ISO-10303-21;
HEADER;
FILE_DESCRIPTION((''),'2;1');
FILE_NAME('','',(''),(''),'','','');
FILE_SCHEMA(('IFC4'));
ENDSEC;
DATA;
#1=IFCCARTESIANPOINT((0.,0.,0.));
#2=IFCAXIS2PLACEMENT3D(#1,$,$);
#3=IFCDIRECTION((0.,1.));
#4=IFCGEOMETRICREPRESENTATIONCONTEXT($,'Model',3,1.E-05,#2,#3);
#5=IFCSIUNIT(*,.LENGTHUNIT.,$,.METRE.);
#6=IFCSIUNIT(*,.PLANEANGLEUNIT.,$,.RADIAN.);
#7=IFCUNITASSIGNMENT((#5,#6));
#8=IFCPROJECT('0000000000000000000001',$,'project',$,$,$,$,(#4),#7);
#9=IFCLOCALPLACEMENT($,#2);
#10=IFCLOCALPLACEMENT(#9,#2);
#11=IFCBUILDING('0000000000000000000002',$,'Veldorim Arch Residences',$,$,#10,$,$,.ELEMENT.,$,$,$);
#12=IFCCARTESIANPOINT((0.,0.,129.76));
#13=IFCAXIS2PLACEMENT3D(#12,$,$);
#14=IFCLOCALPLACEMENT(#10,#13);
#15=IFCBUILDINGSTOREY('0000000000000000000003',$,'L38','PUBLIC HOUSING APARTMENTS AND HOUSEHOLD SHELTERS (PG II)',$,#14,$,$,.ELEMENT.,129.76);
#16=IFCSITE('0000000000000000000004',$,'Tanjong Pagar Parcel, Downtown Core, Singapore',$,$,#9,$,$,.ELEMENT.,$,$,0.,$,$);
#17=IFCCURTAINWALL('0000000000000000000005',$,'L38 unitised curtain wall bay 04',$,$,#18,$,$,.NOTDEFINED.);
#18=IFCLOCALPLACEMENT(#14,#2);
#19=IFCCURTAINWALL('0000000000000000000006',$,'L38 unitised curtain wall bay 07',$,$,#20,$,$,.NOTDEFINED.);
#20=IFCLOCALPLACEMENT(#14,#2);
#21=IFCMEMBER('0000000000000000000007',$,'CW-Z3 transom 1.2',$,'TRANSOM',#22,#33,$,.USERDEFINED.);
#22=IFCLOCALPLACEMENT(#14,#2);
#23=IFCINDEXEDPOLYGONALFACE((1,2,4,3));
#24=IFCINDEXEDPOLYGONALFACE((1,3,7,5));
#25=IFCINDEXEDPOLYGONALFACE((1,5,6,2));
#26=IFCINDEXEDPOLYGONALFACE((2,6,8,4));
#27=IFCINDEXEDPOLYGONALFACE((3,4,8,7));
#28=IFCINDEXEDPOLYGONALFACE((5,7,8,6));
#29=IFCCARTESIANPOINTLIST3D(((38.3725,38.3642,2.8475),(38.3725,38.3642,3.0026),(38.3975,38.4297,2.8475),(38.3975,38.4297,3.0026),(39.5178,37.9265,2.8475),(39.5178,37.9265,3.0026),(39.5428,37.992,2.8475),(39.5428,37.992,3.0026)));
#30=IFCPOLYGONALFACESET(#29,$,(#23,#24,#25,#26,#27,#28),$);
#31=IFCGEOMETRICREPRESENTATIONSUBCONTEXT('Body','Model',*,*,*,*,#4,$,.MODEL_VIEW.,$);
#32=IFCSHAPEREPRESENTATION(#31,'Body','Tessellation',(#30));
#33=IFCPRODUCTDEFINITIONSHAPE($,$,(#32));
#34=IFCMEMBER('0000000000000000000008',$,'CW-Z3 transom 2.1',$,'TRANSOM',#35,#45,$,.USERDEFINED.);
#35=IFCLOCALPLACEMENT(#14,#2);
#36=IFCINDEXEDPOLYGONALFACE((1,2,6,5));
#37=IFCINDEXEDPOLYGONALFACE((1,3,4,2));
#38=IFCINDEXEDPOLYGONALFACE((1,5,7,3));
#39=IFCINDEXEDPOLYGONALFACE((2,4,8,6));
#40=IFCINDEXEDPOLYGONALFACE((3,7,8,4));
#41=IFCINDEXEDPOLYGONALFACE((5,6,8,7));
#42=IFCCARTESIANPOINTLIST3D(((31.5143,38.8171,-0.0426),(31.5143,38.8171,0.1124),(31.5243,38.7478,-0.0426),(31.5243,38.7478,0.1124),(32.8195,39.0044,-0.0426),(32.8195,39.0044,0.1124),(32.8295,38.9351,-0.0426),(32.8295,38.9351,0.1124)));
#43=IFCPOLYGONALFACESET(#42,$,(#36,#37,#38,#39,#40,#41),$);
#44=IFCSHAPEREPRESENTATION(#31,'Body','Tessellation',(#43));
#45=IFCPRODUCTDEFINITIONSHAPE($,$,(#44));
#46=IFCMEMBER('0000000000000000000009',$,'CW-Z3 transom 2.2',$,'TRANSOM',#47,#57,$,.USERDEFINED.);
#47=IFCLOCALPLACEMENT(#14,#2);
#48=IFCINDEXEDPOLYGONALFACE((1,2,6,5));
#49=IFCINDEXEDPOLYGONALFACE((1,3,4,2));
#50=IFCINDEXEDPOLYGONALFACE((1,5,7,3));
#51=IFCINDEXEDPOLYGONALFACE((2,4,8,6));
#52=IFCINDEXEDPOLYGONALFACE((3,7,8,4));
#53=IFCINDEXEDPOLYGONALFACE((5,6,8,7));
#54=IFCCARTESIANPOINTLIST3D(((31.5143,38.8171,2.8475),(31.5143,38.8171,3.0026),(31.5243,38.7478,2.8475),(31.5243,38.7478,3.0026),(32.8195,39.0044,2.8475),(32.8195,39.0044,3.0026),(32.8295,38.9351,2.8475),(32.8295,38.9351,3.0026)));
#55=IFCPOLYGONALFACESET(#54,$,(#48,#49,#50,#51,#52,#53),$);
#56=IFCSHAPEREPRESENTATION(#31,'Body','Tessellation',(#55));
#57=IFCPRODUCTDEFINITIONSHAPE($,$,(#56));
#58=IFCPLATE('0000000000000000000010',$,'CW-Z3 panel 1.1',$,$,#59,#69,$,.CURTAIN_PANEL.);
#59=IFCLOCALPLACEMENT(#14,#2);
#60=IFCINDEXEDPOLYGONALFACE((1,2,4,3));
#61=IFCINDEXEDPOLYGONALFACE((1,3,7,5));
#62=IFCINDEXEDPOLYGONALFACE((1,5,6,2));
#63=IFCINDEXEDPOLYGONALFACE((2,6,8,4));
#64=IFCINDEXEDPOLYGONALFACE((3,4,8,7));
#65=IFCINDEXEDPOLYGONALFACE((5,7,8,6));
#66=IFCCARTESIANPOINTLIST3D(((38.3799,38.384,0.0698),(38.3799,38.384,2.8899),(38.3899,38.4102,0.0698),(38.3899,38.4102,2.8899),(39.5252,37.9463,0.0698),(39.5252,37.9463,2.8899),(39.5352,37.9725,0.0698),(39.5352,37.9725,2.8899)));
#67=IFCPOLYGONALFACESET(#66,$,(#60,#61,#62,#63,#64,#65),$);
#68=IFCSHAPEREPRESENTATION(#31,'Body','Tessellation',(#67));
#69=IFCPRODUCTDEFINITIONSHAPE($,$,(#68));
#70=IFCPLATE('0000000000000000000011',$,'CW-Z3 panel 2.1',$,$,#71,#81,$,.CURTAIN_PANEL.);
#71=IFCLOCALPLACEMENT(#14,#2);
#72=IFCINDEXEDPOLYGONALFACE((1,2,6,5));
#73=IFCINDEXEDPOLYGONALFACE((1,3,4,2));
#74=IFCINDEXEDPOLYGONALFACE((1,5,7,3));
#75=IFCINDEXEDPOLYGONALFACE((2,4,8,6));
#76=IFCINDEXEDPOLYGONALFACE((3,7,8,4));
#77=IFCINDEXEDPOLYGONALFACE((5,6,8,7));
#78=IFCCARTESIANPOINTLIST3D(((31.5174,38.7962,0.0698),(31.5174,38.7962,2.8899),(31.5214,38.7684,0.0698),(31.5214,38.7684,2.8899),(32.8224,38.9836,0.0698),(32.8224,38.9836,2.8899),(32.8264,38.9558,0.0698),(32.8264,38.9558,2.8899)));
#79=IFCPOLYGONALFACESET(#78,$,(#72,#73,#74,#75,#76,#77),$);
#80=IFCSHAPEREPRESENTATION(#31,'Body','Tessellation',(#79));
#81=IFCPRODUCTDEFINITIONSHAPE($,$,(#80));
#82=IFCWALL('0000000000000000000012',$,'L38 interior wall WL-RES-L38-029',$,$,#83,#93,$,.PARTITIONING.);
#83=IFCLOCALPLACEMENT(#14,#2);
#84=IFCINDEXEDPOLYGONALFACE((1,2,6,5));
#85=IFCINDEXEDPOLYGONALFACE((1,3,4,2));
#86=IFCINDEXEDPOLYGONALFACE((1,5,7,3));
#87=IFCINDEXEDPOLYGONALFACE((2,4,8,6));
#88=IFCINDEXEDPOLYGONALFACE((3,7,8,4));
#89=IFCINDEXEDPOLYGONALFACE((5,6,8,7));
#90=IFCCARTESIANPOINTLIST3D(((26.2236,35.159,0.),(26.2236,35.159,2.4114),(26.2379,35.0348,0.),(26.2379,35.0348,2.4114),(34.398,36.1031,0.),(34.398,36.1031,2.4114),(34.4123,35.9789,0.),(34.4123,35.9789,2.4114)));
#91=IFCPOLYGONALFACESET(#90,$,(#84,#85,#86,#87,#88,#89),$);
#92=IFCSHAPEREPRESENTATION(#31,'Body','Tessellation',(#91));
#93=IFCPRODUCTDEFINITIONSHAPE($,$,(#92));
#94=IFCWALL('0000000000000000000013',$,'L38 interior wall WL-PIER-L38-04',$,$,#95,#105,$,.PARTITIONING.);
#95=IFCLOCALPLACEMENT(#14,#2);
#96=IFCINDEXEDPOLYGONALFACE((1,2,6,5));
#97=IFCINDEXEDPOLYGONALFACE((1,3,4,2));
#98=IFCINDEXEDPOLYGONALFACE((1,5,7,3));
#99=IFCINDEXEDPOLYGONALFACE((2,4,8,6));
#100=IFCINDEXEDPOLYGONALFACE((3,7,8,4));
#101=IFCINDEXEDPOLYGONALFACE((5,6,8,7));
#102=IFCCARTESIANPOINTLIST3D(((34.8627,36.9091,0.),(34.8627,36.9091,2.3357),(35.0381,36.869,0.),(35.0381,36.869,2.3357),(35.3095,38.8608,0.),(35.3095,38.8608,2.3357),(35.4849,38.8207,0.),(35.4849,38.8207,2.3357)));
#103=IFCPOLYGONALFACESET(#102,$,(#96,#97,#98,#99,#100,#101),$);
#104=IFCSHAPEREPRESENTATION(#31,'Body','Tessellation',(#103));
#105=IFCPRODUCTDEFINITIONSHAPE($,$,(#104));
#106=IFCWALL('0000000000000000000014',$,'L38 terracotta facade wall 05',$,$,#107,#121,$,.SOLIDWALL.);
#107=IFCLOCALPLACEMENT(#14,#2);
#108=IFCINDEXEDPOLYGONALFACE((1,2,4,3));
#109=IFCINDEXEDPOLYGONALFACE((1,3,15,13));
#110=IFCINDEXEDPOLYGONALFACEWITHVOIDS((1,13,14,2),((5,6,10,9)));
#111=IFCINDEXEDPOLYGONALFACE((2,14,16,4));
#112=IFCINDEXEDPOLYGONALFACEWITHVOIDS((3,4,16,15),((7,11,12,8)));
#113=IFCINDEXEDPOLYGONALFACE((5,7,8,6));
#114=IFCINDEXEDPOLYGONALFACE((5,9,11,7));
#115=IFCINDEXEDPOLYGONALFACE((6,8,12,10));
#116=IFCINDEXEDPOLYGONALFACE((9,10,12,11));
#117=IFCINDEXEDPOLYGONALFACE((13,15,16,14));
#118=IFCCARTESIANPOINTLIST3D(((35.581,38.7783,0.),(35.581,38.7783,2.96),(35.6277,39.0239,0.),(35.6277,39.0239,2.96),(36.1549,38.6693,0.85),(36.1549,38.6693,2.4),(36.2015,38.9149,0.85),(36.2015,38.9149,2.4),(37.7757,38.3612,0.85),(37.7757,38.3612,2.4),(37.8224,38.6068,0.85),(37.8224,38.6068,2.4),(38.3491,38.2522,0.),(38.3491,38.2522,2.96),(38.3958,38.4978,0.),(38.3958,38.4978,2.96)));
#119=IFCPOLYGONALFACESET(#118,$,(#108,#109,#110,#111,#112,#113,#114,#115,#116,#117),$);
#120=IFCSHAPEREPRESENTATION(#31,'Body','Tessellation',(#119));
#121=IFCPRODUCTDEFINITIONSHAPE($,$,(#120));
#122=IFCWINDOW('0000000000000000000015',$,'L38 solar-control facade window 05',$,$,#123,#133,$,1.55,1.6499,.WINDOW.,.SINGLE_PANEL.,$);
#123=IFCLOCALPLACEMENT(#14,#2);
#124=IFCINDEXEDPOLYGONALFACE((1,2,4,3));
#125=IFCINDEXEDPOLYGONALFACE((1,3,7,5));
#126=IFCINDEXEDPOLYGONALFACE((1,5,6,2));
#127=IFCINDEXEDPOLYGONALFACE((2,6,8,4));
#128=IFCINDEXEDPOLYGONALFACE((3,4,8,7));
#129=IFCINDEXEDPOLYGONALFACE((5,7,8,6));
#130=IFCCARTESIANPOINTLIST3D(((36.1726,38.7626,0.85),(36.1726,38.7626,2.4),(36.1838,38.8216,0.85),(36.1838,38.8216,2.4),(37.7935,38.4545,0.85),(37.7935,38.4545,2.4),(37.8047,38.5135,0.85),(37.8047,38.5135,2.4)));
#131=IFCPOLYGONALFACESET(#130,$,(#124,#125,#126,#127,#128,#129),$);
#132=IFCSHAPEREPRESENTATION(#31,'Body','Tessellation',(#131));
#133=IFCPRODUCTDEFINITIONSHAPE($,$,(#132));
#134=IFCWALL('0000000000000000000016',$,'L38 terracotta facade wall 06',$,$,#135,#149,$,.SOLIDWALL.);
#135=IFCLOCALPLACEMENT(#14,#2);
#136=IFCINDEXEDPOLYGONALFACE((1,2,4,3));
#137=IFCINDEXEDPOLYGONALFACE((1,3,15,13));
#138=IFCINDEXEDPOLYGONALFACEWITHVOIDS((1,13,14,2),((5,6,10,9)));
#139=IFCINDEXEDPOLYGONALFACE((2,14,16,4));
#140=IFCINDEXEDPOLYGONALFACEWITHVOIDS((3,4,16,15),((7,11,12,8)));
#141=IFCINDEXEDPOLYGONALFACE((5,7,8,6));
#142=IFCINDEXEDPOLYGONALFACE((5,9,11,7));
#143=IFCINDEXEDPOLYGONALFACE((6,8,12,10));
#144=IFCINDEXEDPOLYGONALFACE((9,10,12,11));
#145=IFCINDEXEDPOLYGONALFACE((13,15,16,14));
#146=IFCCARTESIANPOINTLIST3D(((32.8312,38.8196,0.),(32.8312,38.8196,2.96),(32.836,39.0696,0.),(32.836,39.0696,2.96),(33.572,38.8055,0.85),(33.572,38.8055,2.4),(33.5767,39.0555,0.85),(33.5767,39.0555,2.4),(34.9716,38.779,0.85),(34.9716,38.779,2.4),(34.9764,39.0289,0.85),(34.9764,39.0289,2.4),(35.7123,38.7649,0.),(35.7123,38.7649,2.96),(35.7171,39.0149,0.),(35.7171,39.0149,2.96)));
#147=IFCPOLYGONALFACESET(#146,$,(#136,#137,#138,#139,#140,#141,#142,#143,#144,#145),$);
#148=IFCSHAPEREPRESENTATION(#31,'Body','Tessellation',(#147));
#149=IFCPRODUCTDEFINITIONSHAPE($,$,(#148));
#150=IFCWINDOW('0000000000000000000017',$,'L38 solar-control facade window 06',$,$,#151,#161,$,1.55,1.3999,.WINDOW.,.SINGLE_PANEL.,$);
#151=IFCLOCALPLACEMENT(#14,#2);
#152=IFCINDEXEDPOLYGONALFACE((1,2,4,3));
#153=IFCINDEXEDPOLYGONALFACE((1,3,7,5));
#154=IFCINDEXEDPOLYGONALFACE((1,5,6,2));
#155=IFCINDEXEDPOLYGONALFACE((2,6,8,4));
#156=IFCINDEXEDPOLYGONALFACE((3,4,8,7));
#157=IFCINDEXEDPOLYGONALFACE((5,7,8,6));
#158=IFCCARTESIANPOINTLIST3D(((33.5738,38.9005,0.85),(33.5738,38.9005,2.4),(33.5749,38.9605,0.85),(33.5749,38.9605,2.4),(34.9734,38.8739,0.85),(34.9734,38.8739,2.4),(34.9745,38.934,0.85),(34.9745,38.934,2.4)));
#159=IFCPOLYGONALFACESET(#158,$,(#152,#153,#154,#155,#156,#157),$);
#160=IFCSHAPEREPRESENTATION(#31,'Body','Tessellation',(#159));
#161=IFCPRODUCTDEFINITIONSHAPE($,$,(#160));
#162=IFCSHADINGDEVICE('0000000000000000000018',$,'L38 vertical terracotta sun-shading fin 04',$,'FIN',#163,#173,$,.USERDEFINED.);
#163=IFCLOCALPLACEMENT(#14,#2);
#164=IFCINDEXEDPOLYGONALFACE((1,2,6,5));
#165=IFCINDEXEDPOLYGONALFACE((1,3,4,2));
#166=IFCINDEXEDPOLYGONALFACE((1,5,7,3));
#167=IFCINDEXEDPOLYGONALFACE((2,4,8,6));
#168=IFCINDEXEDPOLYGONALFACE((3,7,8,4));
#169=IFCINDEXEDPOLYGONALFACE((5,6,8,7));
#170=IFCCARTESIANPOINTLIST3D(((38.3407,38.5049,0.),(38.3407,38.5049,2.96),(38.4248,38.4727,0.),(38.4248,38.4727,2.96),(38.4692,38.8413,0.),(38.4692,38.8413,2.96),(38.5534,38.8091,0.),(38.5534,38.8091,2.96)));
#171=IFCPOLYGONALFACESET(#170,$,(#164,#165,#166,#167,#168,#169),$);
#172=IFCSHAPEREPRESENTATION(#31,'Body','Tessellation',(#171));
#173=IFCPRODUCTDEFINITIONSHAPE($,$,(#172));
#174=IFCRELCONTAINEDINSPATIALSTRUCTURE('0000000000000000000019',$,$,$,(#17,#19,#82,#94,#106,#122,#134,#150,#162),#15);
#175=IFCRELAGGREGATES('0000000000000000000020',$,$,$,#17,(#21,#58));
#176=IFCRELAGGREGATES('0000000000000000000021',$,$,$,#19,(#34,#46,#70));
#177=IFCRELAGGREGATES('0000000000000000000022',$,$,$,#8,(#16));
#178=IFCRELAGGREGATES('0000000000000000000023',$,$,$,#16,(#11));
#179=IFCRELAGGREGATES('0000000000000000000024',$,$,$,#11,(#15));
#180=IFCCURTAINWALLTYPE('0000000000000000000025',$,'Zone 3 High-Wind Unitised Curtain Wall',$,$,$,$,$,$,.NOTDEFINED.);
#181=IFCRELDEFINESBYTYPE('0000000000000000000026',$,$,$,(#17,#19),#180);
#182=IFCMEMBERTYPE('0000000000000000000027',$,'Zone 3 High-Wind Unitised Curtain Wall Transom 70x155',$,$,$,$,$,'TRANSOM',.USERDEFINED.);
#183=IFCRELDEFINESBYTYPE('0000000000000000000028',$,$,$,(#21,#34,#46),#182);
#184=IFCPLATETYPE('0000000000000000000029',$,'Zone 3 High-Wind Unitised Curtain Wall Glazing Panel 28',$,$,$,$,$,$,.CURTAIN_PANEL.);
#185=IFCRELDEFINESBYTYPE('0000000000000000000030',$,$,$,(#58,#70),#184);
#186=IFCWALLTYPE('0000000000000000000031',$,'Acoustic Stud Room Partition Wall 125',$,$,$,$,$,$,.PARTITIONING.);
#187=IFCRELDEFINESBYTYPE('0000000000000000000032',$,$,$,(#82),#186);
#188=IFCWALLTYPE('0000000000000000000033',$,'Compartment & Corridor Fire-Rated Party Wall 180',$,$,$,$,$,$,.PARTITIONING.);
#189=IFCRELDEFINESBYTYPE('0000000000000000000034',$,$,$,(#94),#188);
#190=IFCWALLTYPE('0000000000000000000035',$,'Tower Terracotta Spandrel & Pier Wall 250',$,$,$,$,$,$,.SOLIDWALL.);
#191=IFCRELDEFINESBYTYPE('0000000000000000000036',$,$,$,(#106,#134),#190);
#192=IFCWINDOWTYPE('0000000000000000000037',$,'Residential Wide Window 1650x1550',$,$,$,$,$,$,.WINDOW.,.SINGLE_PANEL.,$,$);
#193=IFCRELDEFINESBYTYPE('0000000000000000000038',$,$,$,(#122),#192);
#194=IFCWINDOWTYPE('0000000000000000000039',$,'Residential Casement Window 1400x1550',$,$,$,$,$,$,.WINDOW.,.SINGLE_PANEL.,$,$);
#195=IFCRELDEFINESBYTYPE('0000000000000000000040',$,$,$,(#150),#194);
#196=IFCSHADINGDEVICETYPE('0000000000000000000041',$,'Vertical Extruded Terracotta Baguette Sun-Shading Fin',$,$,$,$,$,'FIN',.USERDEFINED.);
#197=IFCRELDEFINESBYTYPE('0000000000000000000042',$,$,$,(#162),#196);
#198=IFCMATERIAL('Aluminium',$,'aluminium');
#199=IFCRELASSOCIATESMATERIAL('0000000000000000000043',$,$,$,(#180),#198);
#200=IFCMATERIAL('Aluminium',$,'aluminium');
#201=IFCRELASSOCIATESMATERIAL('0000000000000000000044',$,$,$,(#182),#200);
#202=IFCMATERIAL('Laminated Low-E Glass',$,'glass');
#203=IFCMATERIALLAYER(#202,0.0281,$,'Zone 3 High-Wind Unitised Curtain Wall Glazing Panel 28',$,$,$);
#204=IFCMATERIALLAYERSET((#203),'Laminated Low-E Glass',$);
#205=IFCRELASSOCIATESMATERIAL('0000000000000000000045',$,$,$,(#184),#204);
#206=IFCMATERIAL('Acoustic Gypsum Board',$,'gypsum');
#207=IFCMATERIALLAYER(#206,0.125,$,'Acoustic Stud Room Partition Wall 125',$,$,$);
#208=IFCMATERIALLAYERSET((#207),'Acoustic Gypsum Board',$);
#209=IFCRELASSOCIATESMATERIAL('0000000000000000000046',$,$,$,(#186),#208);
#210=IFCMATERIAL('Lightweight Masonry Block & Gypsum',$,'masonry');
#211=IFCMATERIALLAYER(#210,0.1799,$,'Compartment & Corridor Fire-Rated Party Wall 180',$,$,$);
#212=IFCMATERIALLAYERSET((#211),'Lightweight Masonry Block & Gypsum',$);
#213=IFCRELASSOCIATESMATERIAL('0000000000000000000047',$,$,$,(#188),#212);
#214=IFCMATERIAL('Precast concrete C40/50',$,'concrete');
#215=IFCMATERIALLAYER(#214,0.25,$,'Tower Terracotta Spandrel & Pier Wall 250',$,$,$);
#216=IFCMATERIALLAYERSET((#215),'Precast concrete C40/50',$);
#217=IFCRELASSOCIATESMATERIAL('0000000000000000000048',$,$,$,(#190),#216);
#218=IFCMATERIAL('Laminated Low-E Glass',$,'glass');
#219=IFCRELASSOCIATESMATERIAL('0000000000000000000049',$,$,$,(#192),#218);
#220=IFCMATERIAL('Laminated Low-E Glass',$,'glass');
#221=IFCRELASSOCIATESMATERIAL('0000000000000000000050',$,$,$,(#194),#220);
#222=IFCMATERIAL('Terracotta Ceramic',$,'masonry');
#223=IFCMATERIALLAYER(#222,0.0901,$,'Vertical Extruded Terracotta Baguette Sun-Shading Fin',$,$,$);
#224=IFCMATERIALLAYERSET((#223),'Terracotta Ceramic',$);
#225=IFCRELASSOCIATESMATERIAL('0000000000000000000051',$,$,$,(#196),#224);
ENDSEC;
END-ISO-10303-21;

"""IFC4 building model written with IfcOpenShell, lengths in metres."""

from ifc_helpers import new_model, si_unit, direction, frame, frame_2d, origin, origin_2d, place, context, subcontext, project, spatial, rectangle, extrude, material, layer, layer_set, material_profile, profile_set, type_object, element, fill, aggregate, save


model = new_model("IFC4")

# Units and contexts
model_context = context("Model", 3, precision=1e-05, world=origin(), true_north=direction((0.0, 1.0)))
body_context = subcontext(model_context, "Body", "Model", "MODEL_VIEW")
ifc_project = project(units=[si_unit("LENGTHUNIT", "METRE"), si_unit("PLANEANGLEUNIT", "RADIAN")], contexts=[model_context])

# Site, building, storey
site_placement = place(None, origin())
site = spatial("IfcSite", under=ifc_project, at=site_placement, Name="Tanjong Pagar Parcel, Downtown Core, Singapore", CompositionType="ELEMENT", RefElevation=0.0)
building_placement = place(site_placement, origin())
building = spatial("IfcBuilding", under=site, at=building_placement, Name="Veldorim Arch Residences", CompositionType="ELEMENT")
storey_placement = place(building_placement, frame((0.0, 0.0, 129.76)))
storey = spatial("IfcBuildingStorey", under=building, at=storey_placement, Name="L38", Description="PUBLIC HOUSING APARTMENTS AND HOUSEHOLD SHELTERS (PG II)", CompositionType="ELEMENT", Elevation=129.76)

# Curtain walls
ifc_material_1 = material(Name="Aluminium", Category="aluminium")
curtain_wall_type = type_object("IfcCurtainWallType", Name="Zone 3 High-Wind Unitised Curtain Wall", PredefinedType="NOTDEFINED", material=ifc_material_1)
curtain_wall_1_placement = place(storey_placement, origin())
curtain_wall_1 = element("IfcCurtainWall", 1, at=curtain_wall_1_placement, inside=storey, type_object=curtain_wall_type, Name="L38 unitised curtain wall bay 04", PredefinedType="NOTDEFINED")
curtain_wall_2_placement = place(storey_placement, origin())
curtain_wall_2 = element("IfcCurtainWall", 2, at=curtain_wall_2_placement, inside=storey, type_object=curtain_wall_type, Name="L38 unitised curtain wall bay 07", PredefinedType="NOTDEFINED")

# Members
ifc_material_2 = material(Name="Aluminium", Category="aluminium")
ifc_material_profile_1 = material_profile(ifc_material_2, rectangle(XDim=0.0701, YDim=0.155, at=origin_2d()), Name="ALU_TRN_70x155")
ifc_profile_set_1 = profile_set([ifc_material_profile_1], Name="Aluminium")
member_type_1 = type_object("IfcMemberType", Name="Zone 3 High-Wind Unitised Curtain Wall Transom 70x155", ElementType="TRANSOM", PredefinedType="USERDEFINED", material=ifc_profile_set_1)
member_1_placement = place(storey_placement, frame((38.385, 38.397, 2.925), z_axis=(0.934093, -0.35703, 0.0), x_axis=(0.35703, 0.934093, 0.0)))
member_1 = element("IfcMember", 3, at=member_1_placement, type_object=member_type_1, Name="CW-Z3 transom 1.2", ObjectType="TRANSOM", PredefinedType="USERDEFINED", context=body_context, shape_type="SweptSolid", body=[
    extrude(rectangle(XDim=0.0701, YDim=0.155, at=origin_2d()), origin(), (0.0, 0.0, 1.0), 1.2261),
])
member_2_placement = place(storey_placement, frame((31.5193, 38.7825, 0.0349), z_axis=(0.989864, 0.142018, 0.0), x_axis=(-0.142018, 0.989864, 0.0)))
member_2 = element("IfcMember", 4, at=member_2_placement, type_object=member_type_1, Name="CW-Z3 transom 2.1", ObjectType="TRANSOM", PredefinedType="USERDEFINED", context=body_context, shape_type="SweptSolid", body=[
    extrude(rectangle(XDim=0.0701, YDim=0.155, at=origin_2d()), origin(), (0.0, 0.0, 1.0), 1.3186),
])
member_3_placement = place(storey_placement, frame((31.5193, 38.7825, 2.925), z_axis=(0.989864, 0.142018, 0.0), x_axis=(-0.142018, 0.989864, 0.0)))
member_3 = element("IfcMember", 5, at=member_3_placement, type_object=member_type_1, Name="CW-Z3 transom 2.2", ObjectType="TRANSOM", PredefinedType="USERDEFINED", context=body_context, shape_type="SweptSolid", body=[
    extrude(rectangle(XDim=0.0701, YDim=0.155, at=origin_2d()), origin(), (0.0, 0.0, 1.0), 1.3186),
])

# Plates
ifc_material_3 = material(Name="Laminated Low-E Glass", Category="glass")
ifc_layer_1 = layer(ifc_material_3, 0.0281, Name="Zone 3 High-Wind Unitised Curtain Wall Glazing Panel 28")
ifc_layer_set_1 = layer_set([ifc_layer_1], Name="Laminated Low-E Glass")
plate_type = type_object("IfcPlateType", Name="Zone 3 High-Wind Unitised Curtain Wall Glazing Panel 28", PredefinedType="CURTAIN_PANEL", material=ifc_layer_set_1)
plate_1_placement = place(storey_placement, frame((38.9575, 38.1782, 0.0698), z_axis=(0.0, 0.0, 1.0), x_axis=(0.934109, -0.356987, 0.0)))
plate_1 = element("IfcPlate", 6, at=plate_1_placement, type_object=plate_type, Name="CW-Z3 panel 1.1", PredefinedType="CURTAIN_PANEL", context=body_context, shape_type="SweptSolid", body=[
    extrude(rectangle(XDim=1.2261, YDim=0.0281, at=origin_2d()), origin(), (0.0, 0.0, 1.0), 2.8201),
])
aggregate(curtain_wall_1, [member_1, plate_1])
plate_2_placement = place(storey_placement, frame((32.1719, 38.876, 0.0698), z_axis=(0.0, 0.0, 1.0), x_axis=(0.989849, 0.14212, 0.0)))
plate_2 = element("IfcPlate", 7, at=plate_2_placement, type_object=plate_type, Name="CW-Z3 panel 2.1", PredefinedType="CURTAIN_PANEL", context=body_context, shape_type="SweptSolid", body=[
    extrude(rectangle(XDim=1.3184, YDim=0.0281, at=origin_2d()), origin(), (0.0, 0.0, 1.0), 2.8201),
])
aggregate(curtain_wall_2, [member_2, member_3, plate_2])

# Walls
ifc_material_4 = material(Name="Acoustic Gypsum Board", Category="gypsum")
ifc_layer_2 = layer(ifc_material_4, 0.125, Name="Acoustic Stud Room Partition Wall 125")
ifc_layer_set_2 = layer_set([ifc_layer_2], Name="Acoustic Gypsum Board")
wall_type_1 = type_object("IfcWallType", Name="Acoustic Stud Room Partition Wall 125", PredefinedType="PARTITIONING", material=ifc_layer_set_2)
wall_1_placement = place(storey_placement, frame((34.405, 36.041, 0.0), z_axis=(0.0, 0.0, 1.0), x_axis=(-0.993396, -0.114732, 0.0)))
element("IfcWall", 8, at=wall_1_placement, inside=storey, type_object=wall_type_1, Name="L38 interior wall WL-RES-L38-029", PredefinedType="PARTITIONING", context=body_context, shape_type="SweptSolid", body=[
    extrude(rectangle(XDim=8.2288, YDim=0.125, at=frame_2d((4.1143, 0.0))), origin(), (0.0, 0.0, 1.0), 2.4114),
])
ifc_material_5 = material(Name="Lightweight Masonry Block & Gypsum", Category="masonry")
ifc_layer_3 = layer(ifc_material_5, 0.1799, Name="Compartment & Corridor Fire-Rated Party Wall 180")
ifc_layer_set_3 = layer_set([ifc_layer_3], Name="Lightweight Masonry Block & Gypsum")
wall_type_2 = type_object("IfcWallType", Name="Compartment & Corridor Fire-Rated Party Wall 180", PredefinedType="PARTITIONING", material=ifc_layer_set_3)
wall_2_placement = place(storey_placement, frame((34.9504, 36.8892, 0.0), z_axis=(0.0, 0.0, 1.0), x_axis=(0.223149, 0.974784, 0.0)))
element("IfcWall", 9, at=wall_2_placement, inside=storey, type_object=wall_type_2, Name="L38 interior wall WL-PIER-L38-04", PredefinedType="PARTITIONING", context=body_context, shape_type="SweptSolid", body=[
    extrude(rectangle(XDim=2.0022, YDim=0.1799, at=frame_2d((1.001, 0.0))), origin(), (0.0, 0.0, 1.0), 2.3357),
])

# Walls, openings, windows
ifc_material_6 = material(Name="Precast concrete C40/50", Category="concrete")
ifc_layer_4 = layer(ifc_material_6, 0.25, Name="Tower Terracotta Spandrel & Pier Wall 250")
ifc_layer_set_4 = layer_set([ifc_layer_4], Name="Precast concrete C40/50")
wall_type_3 = type_object("IfcWallType", Name="Tower Terracotta Spandrel & Pier Wall 250", PredefinedType="SOLIDWALL", material=ifc_layer_set_4)
wall_3_placement = place(storey_placement, frame((35.6045, 38.9011, 0.0), z_axis=(0.0, 0.0, 1.0), x_axis=(0.982412, -0.186726, 0.0)))
wall_3 = element("IfcWall", 10, at=wall_3_placement, inside=storey, type_object=wall_type_3, Name="L38 terracotta facade wall 05", PredefinedType="SOLIDWALL", context=body_context, shape_type="SweptSolid", body=[
    extrude(rectangle(XDim=2.8176, YDim=0.25, at=frame_2d((1.4087, 0.0))), origin(), (0.0, 0.0, 1.0), 2.96),
])
opening_1_placement = place(wall_3_placement, frame((0.584, 0.0, 0.8501)))
opening_1 = element("IfcOpeningElement", 11, at=opening_1_placement, cuts=wall_3, PredefinedType="OPENING", context=body_context, shape_type="SweptSolid", body=[
    extrude(rectangle(XDim=1.6499, YDim=1.55, at=frame_2d((0.825, 0.7749))), frame((0.0, 0.135, 0.0), z_axis=(0.0, -1.0, 0.0), x_axis=(1.0, 0.0, 0.0)), (0.0, 0.0, 1.0), 0.27),
])
ifc_material_7 = material(Name="Laminated Low-E Glass", Category="glass")
window_type_1 = type_object("IfcWindowType", Name="Residential Wide Window 1650x1550", PartitioningType="SINGLE_PANEL", PredefinedType="WINDOW", material=ifc_material_7)
window_1_placement = place(opening_1_placement, origin())
window_1 = element("IfcWindow", 12, at=window_1_placement, inside=storey, type_object=window_type_1, Name="L38 solar-control facade window 05", OverallHeight=1.55, OverallWidth=1.6499, PartitioningType="SINGLE_PANEL", PredefinedType="WINDOW", context=body_context, shape_type="SweptSolid", body=[
    extrude(rectangle(XDim=1.6499, YDim=1.55, at=frame_2d((0.825, 0.7749))), frame((0.0, 0.03, 0.0), z_axis=(0.0, -1.0, 0.0), x_axis=(1.0, 0.0, 0.0)), (0.0, 0.0, 1.0), 0.0601),
])
fill(opening_1, window_1)
wall_4_placement = place(storey_placement, frame((32.8335, 38.9446, 0.0), z_axis=(0.0, 0.0, 1.0), x_axis=(0.99982, -0.018978, 0.0)))
wall_4 = element("IfcWall", 13, at=wall_4_placement, inside=storey, type_object=wall_type_3, Name="L38 terracotta facade wall 06", PredefinedType="SOLIDWALL", context=body_context, shape_type="SweptSolid", body=[
    extrude(rectangle(XDim=2.8816, YDim=0.25, at=frame_2d((1.4409, 0.0))), origin(), (0.0, 0.0, 1.0), 2.96),
])
opening_2_placement = place(wall_4_placement, frame((0.741, 0.0, 0.8501)))
opening_2 = element("IfcOpeningElement", 14, at=opening_2_placement, cuts=wall_4, PredefinedType="OPENING", context=body_context, shape_type="SweptSolid", body=[
    extrude(rectangle(XDim=1.3999, YDim=1.55, at=frame_2d((0.7, 0.7749))), frame((0.0, 0.135, 0.0), z_axis=(0.0, -1.0, 0.0), x_axis=(1.0, 0.0, 0.0)), (0.0, 0.0, 1.0), 0.27),
])
ifc_material_8 = material(Name="Laminated Low-E Glass", Category="glass")
window_type_2 = type_object("IfcWindowType", Name="Residential Casement Window 1400x1550", PartitioningType="SINGLE_PANEL", PredefinedType="WINDOW", material=ifc_material_8)
window_2_placement = place(opening_2_placement, origin())
window_2 = element("IfcWindow", 15, at=window_2_placement, inside=storey, type_object=window_type_2, Name="L38 solar-control facade window 06", OverallHeight=1.55, OverallWidth=1.3999, PartitioningType="SINGLE_PANEL", PredefinedType="WINDOW", context=body_context, shape_type="SweptSolid", body=[
    extrude(rectangle(XDim=1.3999, YDim=1.55, at=frame_2d((0.7, 0.7749))), frame((0.0, 0.03, 0.0), z_axis=(0.0, -1.0, 0.0), x_axis=(1.0, 0.0, 0.0)), (0.0, 0.0, 1.0), 0.0601),
])
fill(opening_2, window_2)

# Shading device
ifc_material_9 = material(Name="Terracotta Ceramic", Category="masonry")
ifc_layer_5 = layer(ifc_material_9, 0.0901, Name="Vertical Extruded Terracotta Baguette Sun-Shading Fin")
ifc_layer_set_5 = layer_set([ifc_layer_5], Name="Terracotta Ceramic")
shading_device_type = type_object("IfcShadingDeviceType", Name="Vertical Extruded Terracotta Baguette Sun-Shading Fin", ElementType="FIN", PredefinedType="USERDEFINED", material=ifc_layer_set_5)
shading_device_placement = place(storey_placement, frame((38.447, 38.657, 0.0), z_axis=(0.0, 0.0, 1.0), x_axis=(0.93408, -0.357064, 0.0)))
element("IfcShadingDevice", 16, at=shading_device_placement, inside=storey, type_object=shading_device_type, Name="L38 vertical terracotta sun-shading fin 04", ObjectType="FIN", PredefinedType="USERDEFINED", context=body_context, shape_type="SweptSolid", body=[
    extrude(rectangle(XDim=0.0901, YDim=0.3601, at=origin_2d()), origin(), (0.0, 0.0, 1.0), 2.96),
])

save(model, "model.ifc")
